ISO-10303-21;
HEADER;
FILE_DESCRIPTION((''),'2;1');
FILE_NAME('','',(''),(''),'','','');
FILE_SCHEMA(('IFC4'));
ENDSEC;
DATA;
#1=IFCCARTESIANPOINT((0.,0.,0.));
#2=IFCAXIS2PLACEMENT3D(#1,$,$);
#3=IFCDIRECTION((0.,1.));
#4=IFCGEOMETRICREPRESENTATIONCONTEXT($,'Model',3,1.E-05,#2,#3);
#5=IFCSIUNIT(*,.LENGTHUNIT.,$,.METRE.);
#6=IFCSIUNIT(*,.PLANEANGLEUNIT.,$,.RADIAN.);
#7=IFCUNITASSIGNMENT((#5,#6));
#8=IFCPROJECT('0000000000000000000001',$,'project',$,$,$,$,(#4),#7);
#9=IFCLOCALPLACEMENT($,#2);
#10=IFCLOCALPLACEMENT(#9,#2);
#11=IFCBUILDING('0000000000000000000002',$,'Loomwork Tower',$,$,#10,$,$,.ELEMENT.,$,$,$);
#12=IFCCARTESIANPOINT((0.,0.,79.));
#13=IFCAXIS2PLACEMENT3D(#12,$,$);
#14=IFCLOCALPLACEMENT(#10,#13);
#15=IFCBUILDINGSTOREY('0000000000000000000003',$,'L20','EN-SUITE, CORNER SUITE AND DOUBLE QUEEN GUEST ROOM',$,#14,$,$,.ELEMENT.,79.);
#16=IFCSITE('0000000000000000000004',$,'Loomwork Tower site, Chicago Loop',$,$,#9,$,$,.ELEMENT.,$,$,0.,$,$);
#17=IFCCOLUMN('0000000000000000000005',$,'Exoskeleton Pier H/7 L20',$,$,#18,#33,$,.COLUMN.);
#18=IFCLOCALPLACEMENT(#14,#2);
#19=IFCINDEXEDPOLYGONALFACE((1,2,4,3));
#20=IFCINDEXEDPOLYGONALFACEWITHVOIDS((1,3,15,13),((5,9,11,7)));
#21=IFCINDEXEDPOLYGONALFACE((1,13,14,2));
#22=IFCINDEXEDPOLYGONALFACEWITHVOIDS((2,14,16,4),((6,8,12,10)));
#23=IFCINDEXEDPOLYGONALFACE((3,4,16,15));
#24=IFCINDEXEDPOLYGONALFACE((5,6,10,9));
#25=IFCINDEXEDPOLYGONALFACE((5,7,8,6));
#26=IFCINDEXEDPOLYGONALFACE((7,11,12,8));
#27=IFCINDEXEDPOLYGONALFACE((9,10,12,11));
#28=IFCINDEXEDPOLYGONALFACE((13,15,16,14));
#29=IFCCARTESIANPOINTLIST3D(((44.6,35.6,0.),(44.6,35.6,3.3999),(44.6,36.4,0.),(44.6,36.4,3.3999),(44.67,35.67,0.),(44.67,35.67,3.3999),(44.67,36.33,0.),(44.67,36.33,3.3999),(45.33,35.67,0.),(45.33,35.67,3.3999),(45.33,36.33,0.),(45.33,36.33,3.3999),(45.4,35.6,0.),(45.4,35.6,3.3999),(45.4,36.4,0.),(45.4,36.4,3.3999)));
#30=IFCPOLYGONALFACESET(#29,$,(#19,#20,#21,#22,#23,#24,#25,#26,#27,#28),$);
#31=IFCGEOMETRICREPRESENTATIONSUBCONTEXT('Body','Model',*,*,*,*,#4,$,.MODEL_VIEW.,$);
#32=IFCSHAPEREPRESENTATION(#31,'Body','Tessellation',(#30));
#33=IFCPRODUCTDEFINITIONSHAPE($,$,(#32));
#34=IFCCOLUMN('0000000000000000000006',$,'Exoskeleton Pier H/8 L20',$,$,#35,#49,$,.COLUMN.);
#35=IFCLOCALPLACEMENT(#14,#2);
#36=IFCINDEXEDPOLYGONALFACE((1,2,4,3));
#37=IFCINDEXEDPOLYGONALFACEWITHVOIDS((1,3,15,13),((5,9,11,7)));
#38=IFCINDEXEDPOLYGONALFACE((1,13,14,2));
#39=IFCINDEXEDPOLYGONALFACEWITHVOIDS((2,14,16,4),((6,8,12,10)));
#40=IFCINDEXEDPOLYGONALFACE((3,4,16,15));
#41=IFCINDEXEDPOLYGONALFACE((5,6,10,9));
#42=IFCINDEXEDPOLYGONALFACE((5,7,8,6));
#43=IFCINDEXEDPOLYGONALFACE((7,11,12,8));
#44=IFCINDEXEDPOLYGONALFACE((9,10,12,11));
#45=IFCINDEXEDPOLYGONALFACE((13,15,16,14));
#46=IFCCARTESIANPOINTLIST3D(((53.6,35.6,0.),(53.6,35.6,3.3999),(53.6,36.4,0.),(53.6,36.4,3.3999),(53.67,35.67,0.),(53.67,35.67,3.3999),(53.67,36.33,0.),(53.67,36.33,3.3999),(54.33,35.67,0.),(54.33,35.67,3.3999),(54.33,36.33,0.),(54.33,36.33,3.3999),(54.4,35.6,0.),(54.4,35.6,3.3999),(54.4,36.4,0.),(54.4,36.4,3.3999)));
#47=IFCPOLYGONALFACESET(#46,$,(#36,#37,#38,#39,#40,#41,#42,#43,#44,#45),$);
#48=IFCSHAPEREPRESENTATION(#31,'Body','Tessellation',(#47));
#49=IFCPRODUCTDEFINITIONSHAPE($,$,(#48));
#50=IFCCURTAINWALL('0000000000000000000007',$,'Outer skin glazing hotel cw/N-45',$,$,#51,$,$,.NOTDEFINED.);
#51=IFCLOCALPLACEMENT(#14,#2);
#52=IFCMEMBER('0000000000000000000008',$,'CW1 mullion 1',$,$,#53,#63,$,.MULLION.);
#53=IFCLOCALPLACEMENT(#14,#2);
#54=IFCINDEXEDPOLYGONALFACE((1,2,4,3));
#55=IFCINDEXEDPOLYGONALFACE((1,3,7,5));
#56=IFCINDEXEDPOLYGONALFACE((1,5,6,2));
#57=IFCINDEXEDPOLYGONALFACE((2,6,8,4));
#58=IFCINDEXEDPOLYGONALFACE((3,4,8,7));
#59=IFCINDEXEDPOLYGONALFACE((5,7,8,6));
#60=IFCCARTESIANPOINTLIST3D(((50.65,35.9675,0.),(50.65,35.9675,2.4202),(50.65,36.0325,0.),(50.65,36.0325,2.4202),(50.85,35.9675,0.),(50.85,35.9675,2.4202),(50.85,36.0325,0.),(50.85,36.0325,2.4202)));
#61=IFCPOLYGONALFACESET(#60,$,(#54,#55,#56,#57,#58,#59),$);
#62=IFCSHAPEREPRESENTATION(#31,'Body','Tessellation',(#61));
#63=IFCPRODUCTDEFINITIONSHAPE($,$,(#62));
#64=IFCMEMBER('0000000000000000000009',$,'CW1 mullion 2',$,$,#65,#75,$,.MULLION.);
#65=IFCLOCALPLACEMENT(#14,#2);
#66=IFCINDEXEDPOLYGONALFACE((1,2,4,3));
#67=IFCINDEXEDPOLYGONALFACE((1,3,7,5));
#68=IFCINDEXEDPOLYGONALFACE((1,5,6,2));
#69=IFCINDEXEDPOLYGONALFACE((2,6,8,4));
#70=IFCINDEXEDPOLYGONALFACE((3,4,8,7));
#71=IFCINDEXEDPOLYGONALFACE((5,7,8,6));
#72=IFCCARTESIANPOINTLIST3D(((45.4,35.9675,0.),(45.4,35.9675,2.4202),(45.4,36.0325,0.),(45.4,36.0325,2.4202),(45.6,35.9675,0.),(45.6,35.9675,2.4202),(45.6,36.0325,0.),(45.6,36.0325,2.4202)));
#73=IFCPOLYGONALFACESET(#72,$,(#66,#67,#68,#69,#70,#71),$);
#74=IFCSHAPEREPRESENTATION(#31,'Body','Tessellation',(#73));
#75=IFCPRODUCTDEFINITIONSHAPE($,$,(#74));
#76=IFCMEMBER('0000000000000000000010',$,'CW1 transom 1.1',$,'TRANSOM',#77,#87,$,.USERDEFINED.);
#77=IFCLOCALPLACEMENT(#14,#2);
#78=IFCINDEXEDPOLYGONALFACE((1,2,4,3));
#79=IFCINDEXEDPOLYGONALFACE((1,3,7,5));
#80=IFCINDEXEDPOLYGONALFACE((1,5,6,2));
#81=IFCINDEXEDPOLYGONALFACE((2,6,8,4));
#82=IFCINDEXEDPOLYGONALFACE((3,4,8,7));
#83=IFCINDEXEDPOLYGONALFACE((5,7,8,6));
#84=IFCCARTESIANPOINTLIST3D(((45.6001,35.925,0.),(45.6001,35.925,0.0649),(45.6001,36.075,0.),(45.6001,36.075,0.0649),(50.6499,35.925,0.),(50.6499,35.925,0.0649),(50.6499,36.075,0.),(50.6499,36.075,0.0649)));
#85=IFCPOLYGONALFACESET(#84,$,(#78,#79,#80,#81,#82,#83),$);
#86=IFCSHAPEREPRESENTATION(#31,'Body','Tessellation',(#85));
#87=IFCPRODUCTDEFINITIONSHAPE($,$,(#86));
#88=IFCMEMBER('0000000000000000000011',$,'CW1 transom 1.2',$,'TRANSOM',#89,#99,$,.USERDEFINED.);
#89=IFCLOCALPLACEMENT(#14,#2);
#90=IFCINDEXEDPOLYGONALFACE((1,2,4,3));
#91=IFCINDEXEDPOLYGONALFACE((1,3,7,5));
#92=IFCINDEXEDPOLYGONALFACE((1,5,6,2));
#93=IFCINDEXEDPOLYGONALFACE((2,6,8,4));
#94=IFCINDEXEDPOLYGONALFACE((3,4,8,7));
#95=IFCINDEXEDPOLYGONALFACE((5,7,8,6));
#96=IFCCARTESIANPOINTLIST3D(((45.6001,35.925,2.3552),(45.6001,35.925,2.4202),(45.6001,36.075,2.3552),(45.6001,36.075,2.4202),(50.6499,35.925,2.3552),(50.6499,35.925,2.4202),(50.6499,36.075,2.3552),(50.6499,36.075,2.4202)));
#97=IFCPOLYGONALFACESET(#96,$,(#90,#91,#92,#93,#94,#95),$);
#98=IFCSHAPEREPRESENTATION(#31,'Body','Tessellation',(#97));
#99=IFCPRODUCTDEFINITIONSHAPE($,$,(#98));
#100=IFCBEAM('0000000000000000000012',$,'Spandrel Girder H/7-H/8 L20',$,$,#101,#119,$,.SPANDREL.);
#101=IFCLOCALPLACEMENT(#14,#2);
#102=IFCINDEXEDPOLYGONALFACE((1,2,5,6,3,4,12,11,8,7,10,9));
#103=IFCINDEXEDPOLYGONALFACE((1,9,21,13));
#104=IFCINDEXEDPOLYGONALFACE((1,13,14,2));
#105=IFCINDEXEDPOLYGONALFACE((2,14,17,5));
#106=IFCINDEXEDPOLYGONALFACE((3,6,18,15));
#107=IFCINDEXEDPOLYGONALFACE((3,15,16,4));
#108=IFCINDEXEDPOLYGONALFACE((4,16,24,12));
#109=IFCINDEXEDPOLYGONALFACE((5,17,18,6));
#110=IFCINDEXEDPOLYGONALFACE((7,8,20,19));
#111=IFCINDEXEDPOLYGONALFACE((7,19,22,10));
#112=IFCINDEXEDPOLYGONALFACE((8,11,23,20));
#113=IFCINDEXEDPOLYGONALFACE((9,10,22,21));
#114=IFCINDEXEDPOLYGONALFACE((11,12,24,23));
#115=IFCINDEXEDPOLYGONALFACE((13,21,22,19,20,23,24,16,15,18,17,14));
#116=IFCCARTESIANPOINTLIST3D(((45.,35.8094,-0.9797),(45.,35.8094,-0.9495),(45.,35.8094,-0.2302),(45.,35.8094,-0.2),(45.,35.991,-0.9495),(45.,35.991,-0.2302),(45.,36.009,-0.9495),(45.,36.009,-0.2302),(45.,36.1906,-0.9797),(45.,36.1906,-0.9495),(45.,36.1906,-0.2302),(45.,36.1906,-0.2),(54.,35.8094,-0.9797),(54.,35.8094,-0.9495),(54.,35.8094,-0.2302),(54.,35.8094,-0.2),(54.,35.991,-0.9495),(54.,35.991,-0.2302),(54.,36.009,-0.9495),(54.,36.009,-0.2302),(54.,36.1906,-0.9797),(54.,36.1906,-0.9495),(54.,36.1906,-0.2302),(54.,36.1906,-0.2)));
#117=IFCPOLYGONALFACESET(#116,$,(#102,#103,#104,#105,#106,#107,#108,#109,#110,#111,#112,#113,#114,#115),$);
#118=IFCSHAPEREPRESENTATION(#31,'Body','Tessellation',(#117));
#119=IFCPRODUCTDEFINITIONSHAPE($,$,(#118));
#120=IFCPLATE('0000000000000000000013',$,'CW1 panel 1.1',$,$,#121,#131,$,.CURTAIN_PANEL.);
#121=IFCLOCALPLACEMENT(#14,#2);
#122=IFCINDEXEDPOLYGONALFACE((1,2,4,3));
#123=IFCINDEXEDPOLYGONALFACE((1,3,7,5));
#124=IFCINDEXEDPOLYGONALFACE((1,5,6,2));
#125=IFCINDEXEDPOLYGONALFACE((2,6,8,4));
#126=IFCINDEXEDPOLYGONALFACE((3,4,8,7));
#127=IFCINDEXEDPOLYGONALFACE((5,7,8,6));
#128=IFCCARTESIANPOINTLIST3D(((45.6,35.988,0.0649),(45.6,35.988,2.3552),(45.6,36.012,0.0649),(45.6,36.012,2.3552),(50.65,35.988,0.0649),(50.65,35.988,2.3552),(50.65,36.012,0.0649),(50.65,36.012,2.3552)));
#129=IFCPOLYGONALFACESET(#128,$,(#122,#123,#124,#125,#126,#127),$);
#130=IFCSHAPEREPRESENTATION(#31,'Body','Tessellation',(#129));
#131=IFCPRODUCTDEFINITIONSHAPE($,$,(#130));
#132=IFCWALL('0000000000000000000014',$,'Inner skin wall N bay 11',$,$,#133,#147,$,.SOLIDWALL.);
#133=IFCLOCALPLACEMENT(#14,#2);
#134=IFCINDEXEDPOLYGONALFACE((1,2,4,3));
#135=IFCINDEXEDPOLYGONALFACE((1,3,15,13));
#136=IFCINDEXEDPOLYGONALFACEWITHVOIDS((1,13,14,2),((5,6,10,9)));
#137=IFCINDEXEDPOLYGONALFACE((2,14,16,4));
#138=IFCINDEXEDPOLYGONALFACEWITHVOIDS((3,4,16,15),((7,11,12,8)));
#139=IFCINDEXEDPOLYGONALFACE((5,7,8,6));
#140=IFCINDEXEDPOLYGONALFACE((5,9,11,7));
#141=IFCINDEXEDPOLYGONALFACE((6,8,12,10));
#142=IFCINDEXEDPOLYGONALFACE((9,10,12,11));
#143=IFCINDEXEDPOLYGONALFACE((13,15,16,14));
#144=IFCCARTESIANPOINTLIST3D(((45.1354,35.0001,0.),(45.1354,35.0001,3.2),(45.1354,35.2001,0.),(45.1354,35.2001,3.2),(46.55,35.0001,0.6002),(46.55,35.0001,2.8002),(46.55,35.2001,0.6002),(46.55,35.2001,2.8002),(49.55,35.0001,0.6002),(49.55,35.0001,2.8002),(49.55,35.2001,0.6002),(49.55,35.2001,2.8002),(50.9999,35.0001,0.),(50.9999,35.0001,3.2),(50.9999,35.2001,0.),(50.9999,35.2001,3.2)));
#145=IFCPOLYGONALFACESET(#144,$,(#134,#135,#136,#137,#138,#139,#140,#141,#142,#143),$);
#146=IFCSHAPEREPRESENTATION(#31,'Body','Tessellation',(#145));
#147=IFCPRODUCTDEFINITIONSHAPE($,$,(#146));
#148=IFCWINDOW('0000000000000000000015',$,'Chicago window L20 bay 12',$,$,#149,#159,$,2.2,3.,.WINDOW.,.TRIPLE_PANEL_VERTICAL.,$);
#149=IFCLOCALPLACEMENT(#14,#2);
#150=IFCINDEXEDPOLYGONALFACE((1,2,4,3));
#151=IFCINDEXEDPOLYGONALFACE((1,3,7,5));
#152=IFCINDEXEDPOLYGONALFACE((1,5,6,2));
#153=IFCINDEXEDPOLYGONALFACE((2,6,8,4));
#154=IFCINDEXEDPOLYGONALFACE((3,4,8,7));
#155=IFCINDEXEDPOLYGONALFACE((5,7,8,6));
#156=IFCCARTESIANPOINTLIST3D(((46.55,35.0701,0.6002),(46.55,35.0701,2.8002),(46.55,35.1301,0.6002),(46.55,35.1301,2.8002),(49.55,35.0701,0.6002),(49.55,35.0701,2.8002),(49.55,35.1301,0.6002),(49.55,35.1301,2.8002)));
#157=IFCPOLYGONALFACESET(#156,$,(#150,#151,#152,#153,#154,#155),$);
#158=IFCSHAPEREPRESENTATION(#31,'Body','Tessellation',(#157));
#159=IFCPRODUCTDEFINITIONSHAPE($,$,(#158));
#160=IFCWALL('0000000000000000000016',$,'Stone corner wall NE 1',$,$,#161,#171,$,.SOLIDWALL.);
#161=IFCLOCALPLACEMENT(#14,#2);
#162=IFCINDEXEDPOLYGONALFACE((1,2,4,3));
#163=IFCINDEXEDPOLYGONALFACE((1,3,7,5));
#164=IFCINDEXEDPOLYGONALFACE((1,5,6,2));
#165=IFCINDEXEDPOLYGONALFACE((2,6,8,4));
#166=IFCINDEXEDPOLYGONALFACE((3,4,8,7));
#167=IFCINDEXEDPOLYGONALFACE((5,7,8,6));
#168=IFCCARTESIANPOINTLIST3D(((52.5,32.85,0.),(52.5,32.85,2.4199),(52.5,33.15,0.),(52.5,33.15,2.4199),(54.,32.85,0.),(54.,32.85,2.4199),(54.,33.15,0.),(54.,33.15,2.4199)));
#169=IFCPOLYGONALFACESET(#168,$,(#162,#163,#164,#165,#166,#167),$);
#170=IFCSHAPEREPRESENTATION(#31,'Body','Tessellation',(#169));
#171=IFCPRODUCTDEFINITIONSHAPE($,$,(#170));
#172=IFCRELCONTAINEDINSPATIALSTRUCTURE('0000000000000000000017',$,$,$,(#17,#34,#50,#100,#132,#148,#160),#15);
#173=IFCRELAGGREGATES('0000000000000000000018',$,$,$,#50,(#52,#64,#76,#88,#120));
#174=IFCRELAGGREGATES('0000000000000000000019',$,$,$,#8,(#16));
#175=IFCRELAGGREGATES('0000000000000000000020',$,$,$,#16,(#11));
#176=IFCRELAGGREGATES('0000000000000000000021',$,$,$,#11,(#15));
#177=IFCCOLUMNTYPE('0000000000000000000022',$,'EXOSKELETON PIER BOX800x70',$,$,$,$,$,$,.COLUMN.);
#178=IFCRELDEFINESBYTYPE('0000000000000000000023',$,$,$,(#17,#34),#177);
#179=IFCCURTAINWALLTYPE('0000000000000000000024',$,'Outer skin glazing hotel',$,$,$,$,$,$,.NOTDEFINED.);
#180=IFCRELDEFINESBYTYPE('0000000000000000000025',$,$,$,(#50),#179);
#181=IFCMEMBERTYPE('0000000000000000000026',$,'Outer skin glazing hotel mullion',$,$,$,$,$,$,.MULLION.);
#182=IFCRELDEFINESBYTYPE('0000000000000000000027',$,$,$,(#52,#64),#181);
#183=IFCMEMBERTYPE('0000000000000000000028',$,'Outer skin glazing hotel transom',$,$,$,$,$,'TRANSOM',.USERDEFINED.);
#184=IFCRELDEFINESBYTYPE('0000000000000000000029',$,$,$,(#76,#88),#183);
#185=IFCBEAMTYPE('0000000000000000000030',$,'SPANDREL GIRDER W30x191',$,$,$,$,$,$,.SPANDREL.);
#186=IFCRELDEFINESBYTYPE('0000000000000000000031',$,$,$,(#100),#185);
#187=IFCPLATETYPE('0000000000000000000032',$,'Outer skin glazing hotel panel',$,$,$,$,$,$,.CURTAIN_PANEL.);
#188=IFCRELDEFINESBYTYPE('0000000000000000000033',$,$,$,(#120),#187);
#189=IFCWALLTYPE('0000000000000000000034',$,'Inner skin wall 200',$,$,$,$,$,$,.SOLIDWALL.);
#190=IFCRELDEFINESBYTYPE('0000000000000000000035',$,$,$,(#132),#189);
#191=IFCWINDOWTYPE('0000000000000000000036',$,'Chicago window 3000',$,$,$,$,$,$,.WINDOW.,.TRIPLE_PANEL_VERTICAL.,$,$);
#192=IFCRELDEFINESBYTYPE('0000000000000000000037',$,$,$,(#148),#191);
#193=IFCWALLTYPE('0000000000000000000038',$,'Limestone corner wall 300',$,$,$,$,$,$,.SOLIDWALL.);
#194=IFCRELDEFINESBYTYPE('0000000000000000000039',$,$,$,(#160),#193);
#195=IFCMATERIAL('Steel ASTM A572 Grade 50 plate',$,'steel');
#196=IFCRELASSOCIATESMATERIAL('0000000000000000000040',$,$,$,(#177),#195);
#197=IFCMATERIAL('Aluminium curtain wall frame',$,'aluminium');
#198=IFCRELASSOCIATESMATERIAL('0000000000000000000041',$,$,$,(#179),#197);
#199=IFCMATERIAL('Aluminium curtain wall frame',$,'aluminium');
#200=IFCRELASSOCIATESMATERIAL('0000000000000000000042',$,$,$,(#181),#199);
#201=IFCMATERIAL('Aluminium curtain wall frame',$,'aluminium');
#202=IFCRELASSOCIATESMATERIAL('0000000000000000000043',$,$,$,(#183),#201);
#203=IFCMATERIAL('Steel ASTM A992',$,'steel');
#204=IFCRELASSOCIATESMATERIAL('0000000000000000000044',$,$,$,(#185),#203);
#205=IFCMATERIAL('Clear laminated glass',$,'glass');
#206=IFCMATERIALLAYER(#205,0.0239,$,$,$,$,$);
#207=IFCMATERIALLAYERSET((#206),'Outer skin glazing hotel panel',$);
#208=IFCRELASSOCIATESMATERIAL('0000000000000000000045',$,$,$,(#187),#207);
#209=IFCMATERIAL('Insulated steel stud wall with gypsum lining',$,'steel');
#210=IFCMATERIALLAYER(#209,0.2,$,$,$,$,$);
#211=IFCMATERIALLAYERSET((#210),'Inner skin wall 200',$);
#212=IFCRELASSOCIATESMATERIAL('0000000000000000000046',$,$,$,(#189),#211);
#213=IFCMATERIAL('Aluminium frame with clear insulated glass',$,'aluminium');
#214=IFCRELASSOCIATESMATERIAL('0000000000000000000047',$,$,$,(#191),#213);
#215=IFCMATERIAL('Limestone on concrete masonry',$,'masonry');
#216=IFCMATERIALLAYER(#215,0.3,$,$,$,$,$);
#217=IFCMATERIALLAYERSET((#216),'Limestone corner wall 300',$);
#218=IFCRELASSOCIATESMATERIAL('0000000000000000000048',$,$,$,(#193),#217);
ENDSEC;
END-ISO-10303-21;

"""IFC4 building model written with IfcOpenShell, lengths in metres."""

from ifc_helpers import new_model, si_unit, direction, frame, frame_2d, origin, origin_2d, place, context, subcontext, project, spatial, rectangle, hollow_rectangle, i_section, extrude, material, layer, layer_set, material_profile, profile_set, type_object, element, fill, aggregate, save


model = new_model("IFC4")

# Units and contexts
model_context = context("Model", 3, precision=1e-05, world=origin(), true_north=direction((0.0, 1.0)))
body_context = subcontext(model_context, "Body", "Model", "MODEL_VIEW")
ifc_project = project(units=[si_unit("LENGTHUNIT", "METRE"), si_unit("PLANEANGLEUNIT", "RADIAN")], contexts=[model_context])

# Site, building, storey
site_placement = place(None, origin())
site = spatial("IfcSite", under=ifc_project, at=site_placement, Name="Loomwork Tower site, Chicago Loop", CompositionType="ELEMENT", RefElevation=0.0)
building_placement = place(site_placement, origin())
building = spatial("IfcBuilding", under=site, at=building_placement, Name="Loomwork Tower", CompositionType="ELEMENT")
storey_placement = place(building_placement, frame((0.0, 0.0, 79.0)))
storey = spatial("IfcBuildingStorey", under=building, at=storey_placement, Name="L20", Description="EN-SUITE, CORNER SUITE AND DOUBLE QUEEN GUEST ROOM", CompositionType="ELEMENT", Elevation=79.0)

# Columns
ifc_material_1 = material(Name="Steel ASTM A572 Grade 50 plate", Category="steel")
ifc_material_profile_1 = material_profile(ifc_material_1, hollow_rectangle(XDim=0.8, YDim=0.8, WallThickness=0.0701, at=origin_2d()), Name="BOX800x70")
ifc_profile_set_1 = profile_set([ifc_material_profile_1], Name="Steel ASTM A572 Grade 50 plate")
column_type = type_object("IfcColumnType", Name="EXOSKELETON PIER BOX800x70", PredefinedType="COLUMN", material=ifc_profile_set_1)
for number, where, z_axis, x_axis, name in (
    (1, (45.0, 36.0, 0.0), (0.0, 0.0, 1.0), (1.0, 0.0, 0.0), "Exoskeleton Pier H/7 L20"),
    (2, (54.0, 36.0, 0.0), (0.0, 0.0, 1.0), (1.0, 0.0, 0.0), "Exoskeleton Pier H/8 L20"),
):
    element("IfcColumn", number, at=place(storey_placement, frame(where, z_axis=z_axis, x_axis=x_axis)), inside=storey, type_object=column_type, Name=name, PredefinedType="COLUMN", context=body_context, shape_type="SweptSolid", body=[
        extrude(hollow_rectangle(XDim=0.8, YDim=0.8, WallThickness=0.0701, at=origin_2d()), origin(), (0.0, 0.0, 1.0), 3.3999),
    ])

# Curtain wall, members
ifc_material_2 = material(Name="Aluminium curtain wall frame", Category="aluminium")
curtain_wall_type = type_object("IfcCurtainWallType", Name="Outer skin glazing hotel", PredefinedType="NOTDEFINED", material=ifc_material_2)
curtain_wall_placement = place(storey_placement, origin())
curtain_wall = element("IfcCurtainWall", 3, at=curtain_wall_placement, inside=storey, type_object=curtain_wall_type, Name="Outer skin glazing hotel cw/N-45", PredefinedType="NOTDEFINED")
ifc_material_3 = material(Name="Aluminium curtain wall frame", Category="aluminium")
ifc_material_profile_2 = material_profile(ifc_material_3, rectangle(XDim=0.0649, YDim=0.2, at=origin_2d()), Name="AL 65x200")
ifc_profile_set_2 = profile_set([ifc_material_profile_2], Name="Aluminium curtain wall frame")
member_type_1 = type_object("IfcMemberType", Name="Outer skin glazing hotel mullion", PredefinedType="MULLION", material=ifc_profile_set_2)
member_1_placement = place(storey_placement, frame((50.75, 36.0, 0.0), z_axis=(0.0, 0.0, 1.0), x_axis=(0.0, -1.0, 0.0)))
member_1 = element("IfcMember", 4, at=member_1_placement, type_object=member_type_1, Name="CW1 mullion 1", PredefinedType="MULLION", context=body_context, shape_type="SweptSolid", body=[
    extrude(rectangle(XDim=0.0649, YDim=0.2, at=origin_2d()), origin(), (0.0, 0.0, 1.0), 2.4202),
])
member_2_placement = place(storey_placement, frame((45.5, 36.0, 0.0), z_axis=(0.0, 0.0, 1.0), x_axis=(0.0, -1.0, 0.0)))
member_2 = element("IfcMember", 5, at=member_2_placement, type_object=member_type_1, Name="CW1 mullion 2", PredefinedType="MULLION", context=body_context, shape_type="SweptSolid", body=[
    extrude(rectangle(XDim=0.0649, YDim=0.2, at=origin_2d()), origin(), (0.0, 0.0, 1.0), 2.4202),
])
ifc_material_4 = material(Name="Aluminium curtain wall frame", Category="aluminium")
ifc_material_profile_3 = material_profile(ifc_material_4, rectangle(XDim=0.1499, YDim=0.0649, at=origin_2d()), Name="AL 65x150")
ifc_profile_set_3 = profile_set([ifc_material_profile_3], Name="Aluminium curtain wall frame")
member_type_2 = type_object("IfcMemberType", Name="Outer skin glazing hotel transom", ElementType="TRANSOM", PredefinedType="USERDEFINED", material=ifc_profile_set_3)
member_3_placement = place(storey_placement, frame((50.6499, 36.0, 0.0325), z_axis=(-1.0, 0.0, 0.0), x_axis=(0.0, -1.0, 0.0)))
member_3 = element("IfcMember", 6, at=member_3_placement, type_object=member_type_2, Name="CW1 transom 1.1", ObjectType="TRANSOM", PredefinedType="USERDEFINED", context=body_context, shape_type="SweptSolid", body=[
    extrude(rectangle(XDim=0.1499, YDim=0.0649, at=origin_2d()), origin(), (0.0, 0.0, 1.0), 5.0498),
])
member_4_placement = place(storey_placement, frame((50.6499, 36.0, 2.3877), z_axis=(-1.0, 0.0, 0.0), x_axis=(0.0, -1.0, 0.0)))
member_4 = element("IfcMember", 7, at=member_4_placement, type_object=member_type_2, Name="CW1 transom 1.2", ObjectType="TRANSOM", PredefinedType="USERDEFINED", context=body_context, shape_type="SweptSolid", body=[
    extrude(rectangle(XDim=0.1499, YDim=0.0649, at=origin_2d()), origin(), (0.0, 0.0, 1.0), 5.0498),
])

# Beam
ifc_material_5 = material(Name="Steel ASTM A992", Category="steel")
ifc_material_profile_4 = material_profile(ifc_material_5, i_section(OverallWidth=0.3811, OverallDepth=0.7798, WebThickness=0.0181, FlangeThickness=0.0303, at=origin_2d()), Name="W30x191")
ifc_profile_set_4 = profile_set([ifc_material_profile_4], Name="Steel ASTM A992")
beam_type = type_object("IfcBeamType", Name="SPANDREL GIRDER W30x191", PredefinedType="SPANDREL", material=ifc_profile_set_4)
beam_placement = place(storey_placement, frame((45.0, 36.0, -0.5898), z_axis=(1.0, 0.0, 0.0), x_axis=(0.0, 1.0, 0.0)))
element("IfcBeam", 8, at=beam_placement, inside=storey, type_object=beam_type, Name="Spandrel Girder H/7-H/8 L20", PredefinedType="SPANDREL", context=body_context, shape_type="SweptSolid", body=[
    extrude(i_section(OverallWidth=0.3811, OverallDepth=0.7798, WebThickness=0.0181, FlangeThickness=0.0303, at=origin_2d()), origin(), (0.0, 0.0, 1.0), 9.0),
])

# Plate
ifc_material_6 = material(Name="Clear laminated glass", Category="glass")
ifc_layer_1 = layer(ifc_material_6, 0.0239)
ifc_layer_set_1 = layer_set([ifc_layer_1], Name="Outer skin glazing hotel panel")
plate_type = type_object("IfcPlateType", Name="Outer skin glazing hotel panel", PredefinedType="CURTAIN_PANEL", material=ifc_layer_set_1)
plate_placement = place(storey_placement, frame((48.125, 36.0, 0.0649), z_axis=(0.0, 0.0, 1.0), x_axis=(-1.0, 0.0, 0.0)))
plate = element("IfcPlate", 9, at=plate_placement, type_object=plate_type, Name="CW1 panel 1.1", PredefinedType="CURTAIN_PANEL", context=body_context, shape_type="SweptSolid", body=[
    extrude(rectangle(XDim=5.05, YDim=0.0239, at=origin_2d()), origin(), (0.0, 0.0, 1.0), 2.2903),
])
aggregate(curtain_wall, [member_1, member_2, member_3, member_4, plate])

# Wall, opening, window
ifc_material_7 = material(Name="Insulated steel stud wall with gypsum lining", Category="steel")
ifc_layer_2 = layer(ifc_material_7, 0.2)
ifc_layer_set_2 = layer_set([ifc_layer_2], Name="Inner skin wall 200")
wall_type_1 = type_object("IfcWallType", Name="Inner skin wall 200", PredefinedType="SOLIDWALL", material=ifc_layer_set_2)
wall_1_placement = place(storey_placement, frame((45.1355, 35.1001, 0.0), z_axis=(0.0, 0.0, 1.0), x_axis=(1.0, 0.0, 0.0)))
wall_1 = element("IfcWall", 10, at=wall_1_placement, inside=storey, type_object=wall_type_1, Name="Inner skin wall N bay 11", PredefinedType="SOLIDWALL", context=body_context, shape_type="SweptSolid", body=[
    extrude(rectangle(XDim=5.8645, YDim=0.2, at=frame_2d((2.9321, 0.0))), origin(), (0.0, 0.0, 1.0), 3.2),
])
opening_1_placement = place(wall_1_placement, frame((1.4146, 0.0, 0.6001)))
opening_1 = element("IfcOpeningElement", 11, at=opening_1_placement, cuts=wall_1, PredefinedType="OPENING", context=body_context, shape_type="SweptSolid", body=[
    extrude(rectangle(XDim=3.0, YDim=2.2, at=frame_2d((1.5, 1.1001))), frame((0.0, 0.1099, 0.0), z_axis=(0.0, -1.0, 0.0), x_axis=(1.0, 0.0, 0.0)), (0.0, 0.0, 1.0), 0.22),
])
ifc_material_8 = material(Name="Aluminium frame with clear insulated glass", Category="aluminium")
window_type_1 = type_object("IfcWindowType", Name="Chicago window 3000", PartitioningType="TRIPLE_PANEL_VERTICAL", PredefinedType="WINDOW", material=ifc_material_8)
window_1_placement = place(opening_1_placement, origin())
window_1 = element("IfcWindow", 12, at=window_1_placement, inside=storey, type_object=window_type_1, Name="Chicago window L20 bay 12", OverallHeight=2.2, OverallWidth=3.0, PartitioningType="TRIPLE_PANEL_VERTICAL", PredefinedType="WINDOW", context=body_context, shape_type="SweptSolid", body=[
    extrude(rectangle(XDim=3.0, YDim=2.2, at=frame_2d((1.5, 1.1001))), frame((0.0, 0.03, 0.0), z_axis=(0.0, -1.0, 0.0), x_axis=(1.0, 0.0, 0.0)), (0.0, 0.0, 1.0), 0.0601),
])
fill(opening_1, window_1)

# Wall
ifc_material_9 = material(Name="Limestone on concrete masonry", Category="masonry")
ifc_layer_3 = layer(ifc_material_9, 0.3)
ifc_layer_set_3 = layer_set([ifc_layer_3], Name="Limestone corner wall 300")
wall_type_2 = type_object("IfcWallType", Name="Limestone corner wall 300", PredefinedType="SOLIDWALL", material=ifc_layer_set_3)
wall_2_placement = place(storey_placement, frame((54.0, 33.0, 0.0), z_axis=(0.0, 0.0, 1.0), x_axis=(-1.0, 0.0, 0.0)))
element("IfcWall", 13, at=wall_2_placement, inside=storey, type_object=wall_type_2, Name="Stone corner wall NE 1", PredefinedType="SOLIDWALL", context=body_context, shape_type="SweptSolid", body=[
    extrude(rectangle(XDim=1.5, YDim=0.3, at=frame_2d((0.75, 0.0))), origin(), (0.0, 0.0, 1.0), 2.4199),
])

save(model, "model.ifc")
